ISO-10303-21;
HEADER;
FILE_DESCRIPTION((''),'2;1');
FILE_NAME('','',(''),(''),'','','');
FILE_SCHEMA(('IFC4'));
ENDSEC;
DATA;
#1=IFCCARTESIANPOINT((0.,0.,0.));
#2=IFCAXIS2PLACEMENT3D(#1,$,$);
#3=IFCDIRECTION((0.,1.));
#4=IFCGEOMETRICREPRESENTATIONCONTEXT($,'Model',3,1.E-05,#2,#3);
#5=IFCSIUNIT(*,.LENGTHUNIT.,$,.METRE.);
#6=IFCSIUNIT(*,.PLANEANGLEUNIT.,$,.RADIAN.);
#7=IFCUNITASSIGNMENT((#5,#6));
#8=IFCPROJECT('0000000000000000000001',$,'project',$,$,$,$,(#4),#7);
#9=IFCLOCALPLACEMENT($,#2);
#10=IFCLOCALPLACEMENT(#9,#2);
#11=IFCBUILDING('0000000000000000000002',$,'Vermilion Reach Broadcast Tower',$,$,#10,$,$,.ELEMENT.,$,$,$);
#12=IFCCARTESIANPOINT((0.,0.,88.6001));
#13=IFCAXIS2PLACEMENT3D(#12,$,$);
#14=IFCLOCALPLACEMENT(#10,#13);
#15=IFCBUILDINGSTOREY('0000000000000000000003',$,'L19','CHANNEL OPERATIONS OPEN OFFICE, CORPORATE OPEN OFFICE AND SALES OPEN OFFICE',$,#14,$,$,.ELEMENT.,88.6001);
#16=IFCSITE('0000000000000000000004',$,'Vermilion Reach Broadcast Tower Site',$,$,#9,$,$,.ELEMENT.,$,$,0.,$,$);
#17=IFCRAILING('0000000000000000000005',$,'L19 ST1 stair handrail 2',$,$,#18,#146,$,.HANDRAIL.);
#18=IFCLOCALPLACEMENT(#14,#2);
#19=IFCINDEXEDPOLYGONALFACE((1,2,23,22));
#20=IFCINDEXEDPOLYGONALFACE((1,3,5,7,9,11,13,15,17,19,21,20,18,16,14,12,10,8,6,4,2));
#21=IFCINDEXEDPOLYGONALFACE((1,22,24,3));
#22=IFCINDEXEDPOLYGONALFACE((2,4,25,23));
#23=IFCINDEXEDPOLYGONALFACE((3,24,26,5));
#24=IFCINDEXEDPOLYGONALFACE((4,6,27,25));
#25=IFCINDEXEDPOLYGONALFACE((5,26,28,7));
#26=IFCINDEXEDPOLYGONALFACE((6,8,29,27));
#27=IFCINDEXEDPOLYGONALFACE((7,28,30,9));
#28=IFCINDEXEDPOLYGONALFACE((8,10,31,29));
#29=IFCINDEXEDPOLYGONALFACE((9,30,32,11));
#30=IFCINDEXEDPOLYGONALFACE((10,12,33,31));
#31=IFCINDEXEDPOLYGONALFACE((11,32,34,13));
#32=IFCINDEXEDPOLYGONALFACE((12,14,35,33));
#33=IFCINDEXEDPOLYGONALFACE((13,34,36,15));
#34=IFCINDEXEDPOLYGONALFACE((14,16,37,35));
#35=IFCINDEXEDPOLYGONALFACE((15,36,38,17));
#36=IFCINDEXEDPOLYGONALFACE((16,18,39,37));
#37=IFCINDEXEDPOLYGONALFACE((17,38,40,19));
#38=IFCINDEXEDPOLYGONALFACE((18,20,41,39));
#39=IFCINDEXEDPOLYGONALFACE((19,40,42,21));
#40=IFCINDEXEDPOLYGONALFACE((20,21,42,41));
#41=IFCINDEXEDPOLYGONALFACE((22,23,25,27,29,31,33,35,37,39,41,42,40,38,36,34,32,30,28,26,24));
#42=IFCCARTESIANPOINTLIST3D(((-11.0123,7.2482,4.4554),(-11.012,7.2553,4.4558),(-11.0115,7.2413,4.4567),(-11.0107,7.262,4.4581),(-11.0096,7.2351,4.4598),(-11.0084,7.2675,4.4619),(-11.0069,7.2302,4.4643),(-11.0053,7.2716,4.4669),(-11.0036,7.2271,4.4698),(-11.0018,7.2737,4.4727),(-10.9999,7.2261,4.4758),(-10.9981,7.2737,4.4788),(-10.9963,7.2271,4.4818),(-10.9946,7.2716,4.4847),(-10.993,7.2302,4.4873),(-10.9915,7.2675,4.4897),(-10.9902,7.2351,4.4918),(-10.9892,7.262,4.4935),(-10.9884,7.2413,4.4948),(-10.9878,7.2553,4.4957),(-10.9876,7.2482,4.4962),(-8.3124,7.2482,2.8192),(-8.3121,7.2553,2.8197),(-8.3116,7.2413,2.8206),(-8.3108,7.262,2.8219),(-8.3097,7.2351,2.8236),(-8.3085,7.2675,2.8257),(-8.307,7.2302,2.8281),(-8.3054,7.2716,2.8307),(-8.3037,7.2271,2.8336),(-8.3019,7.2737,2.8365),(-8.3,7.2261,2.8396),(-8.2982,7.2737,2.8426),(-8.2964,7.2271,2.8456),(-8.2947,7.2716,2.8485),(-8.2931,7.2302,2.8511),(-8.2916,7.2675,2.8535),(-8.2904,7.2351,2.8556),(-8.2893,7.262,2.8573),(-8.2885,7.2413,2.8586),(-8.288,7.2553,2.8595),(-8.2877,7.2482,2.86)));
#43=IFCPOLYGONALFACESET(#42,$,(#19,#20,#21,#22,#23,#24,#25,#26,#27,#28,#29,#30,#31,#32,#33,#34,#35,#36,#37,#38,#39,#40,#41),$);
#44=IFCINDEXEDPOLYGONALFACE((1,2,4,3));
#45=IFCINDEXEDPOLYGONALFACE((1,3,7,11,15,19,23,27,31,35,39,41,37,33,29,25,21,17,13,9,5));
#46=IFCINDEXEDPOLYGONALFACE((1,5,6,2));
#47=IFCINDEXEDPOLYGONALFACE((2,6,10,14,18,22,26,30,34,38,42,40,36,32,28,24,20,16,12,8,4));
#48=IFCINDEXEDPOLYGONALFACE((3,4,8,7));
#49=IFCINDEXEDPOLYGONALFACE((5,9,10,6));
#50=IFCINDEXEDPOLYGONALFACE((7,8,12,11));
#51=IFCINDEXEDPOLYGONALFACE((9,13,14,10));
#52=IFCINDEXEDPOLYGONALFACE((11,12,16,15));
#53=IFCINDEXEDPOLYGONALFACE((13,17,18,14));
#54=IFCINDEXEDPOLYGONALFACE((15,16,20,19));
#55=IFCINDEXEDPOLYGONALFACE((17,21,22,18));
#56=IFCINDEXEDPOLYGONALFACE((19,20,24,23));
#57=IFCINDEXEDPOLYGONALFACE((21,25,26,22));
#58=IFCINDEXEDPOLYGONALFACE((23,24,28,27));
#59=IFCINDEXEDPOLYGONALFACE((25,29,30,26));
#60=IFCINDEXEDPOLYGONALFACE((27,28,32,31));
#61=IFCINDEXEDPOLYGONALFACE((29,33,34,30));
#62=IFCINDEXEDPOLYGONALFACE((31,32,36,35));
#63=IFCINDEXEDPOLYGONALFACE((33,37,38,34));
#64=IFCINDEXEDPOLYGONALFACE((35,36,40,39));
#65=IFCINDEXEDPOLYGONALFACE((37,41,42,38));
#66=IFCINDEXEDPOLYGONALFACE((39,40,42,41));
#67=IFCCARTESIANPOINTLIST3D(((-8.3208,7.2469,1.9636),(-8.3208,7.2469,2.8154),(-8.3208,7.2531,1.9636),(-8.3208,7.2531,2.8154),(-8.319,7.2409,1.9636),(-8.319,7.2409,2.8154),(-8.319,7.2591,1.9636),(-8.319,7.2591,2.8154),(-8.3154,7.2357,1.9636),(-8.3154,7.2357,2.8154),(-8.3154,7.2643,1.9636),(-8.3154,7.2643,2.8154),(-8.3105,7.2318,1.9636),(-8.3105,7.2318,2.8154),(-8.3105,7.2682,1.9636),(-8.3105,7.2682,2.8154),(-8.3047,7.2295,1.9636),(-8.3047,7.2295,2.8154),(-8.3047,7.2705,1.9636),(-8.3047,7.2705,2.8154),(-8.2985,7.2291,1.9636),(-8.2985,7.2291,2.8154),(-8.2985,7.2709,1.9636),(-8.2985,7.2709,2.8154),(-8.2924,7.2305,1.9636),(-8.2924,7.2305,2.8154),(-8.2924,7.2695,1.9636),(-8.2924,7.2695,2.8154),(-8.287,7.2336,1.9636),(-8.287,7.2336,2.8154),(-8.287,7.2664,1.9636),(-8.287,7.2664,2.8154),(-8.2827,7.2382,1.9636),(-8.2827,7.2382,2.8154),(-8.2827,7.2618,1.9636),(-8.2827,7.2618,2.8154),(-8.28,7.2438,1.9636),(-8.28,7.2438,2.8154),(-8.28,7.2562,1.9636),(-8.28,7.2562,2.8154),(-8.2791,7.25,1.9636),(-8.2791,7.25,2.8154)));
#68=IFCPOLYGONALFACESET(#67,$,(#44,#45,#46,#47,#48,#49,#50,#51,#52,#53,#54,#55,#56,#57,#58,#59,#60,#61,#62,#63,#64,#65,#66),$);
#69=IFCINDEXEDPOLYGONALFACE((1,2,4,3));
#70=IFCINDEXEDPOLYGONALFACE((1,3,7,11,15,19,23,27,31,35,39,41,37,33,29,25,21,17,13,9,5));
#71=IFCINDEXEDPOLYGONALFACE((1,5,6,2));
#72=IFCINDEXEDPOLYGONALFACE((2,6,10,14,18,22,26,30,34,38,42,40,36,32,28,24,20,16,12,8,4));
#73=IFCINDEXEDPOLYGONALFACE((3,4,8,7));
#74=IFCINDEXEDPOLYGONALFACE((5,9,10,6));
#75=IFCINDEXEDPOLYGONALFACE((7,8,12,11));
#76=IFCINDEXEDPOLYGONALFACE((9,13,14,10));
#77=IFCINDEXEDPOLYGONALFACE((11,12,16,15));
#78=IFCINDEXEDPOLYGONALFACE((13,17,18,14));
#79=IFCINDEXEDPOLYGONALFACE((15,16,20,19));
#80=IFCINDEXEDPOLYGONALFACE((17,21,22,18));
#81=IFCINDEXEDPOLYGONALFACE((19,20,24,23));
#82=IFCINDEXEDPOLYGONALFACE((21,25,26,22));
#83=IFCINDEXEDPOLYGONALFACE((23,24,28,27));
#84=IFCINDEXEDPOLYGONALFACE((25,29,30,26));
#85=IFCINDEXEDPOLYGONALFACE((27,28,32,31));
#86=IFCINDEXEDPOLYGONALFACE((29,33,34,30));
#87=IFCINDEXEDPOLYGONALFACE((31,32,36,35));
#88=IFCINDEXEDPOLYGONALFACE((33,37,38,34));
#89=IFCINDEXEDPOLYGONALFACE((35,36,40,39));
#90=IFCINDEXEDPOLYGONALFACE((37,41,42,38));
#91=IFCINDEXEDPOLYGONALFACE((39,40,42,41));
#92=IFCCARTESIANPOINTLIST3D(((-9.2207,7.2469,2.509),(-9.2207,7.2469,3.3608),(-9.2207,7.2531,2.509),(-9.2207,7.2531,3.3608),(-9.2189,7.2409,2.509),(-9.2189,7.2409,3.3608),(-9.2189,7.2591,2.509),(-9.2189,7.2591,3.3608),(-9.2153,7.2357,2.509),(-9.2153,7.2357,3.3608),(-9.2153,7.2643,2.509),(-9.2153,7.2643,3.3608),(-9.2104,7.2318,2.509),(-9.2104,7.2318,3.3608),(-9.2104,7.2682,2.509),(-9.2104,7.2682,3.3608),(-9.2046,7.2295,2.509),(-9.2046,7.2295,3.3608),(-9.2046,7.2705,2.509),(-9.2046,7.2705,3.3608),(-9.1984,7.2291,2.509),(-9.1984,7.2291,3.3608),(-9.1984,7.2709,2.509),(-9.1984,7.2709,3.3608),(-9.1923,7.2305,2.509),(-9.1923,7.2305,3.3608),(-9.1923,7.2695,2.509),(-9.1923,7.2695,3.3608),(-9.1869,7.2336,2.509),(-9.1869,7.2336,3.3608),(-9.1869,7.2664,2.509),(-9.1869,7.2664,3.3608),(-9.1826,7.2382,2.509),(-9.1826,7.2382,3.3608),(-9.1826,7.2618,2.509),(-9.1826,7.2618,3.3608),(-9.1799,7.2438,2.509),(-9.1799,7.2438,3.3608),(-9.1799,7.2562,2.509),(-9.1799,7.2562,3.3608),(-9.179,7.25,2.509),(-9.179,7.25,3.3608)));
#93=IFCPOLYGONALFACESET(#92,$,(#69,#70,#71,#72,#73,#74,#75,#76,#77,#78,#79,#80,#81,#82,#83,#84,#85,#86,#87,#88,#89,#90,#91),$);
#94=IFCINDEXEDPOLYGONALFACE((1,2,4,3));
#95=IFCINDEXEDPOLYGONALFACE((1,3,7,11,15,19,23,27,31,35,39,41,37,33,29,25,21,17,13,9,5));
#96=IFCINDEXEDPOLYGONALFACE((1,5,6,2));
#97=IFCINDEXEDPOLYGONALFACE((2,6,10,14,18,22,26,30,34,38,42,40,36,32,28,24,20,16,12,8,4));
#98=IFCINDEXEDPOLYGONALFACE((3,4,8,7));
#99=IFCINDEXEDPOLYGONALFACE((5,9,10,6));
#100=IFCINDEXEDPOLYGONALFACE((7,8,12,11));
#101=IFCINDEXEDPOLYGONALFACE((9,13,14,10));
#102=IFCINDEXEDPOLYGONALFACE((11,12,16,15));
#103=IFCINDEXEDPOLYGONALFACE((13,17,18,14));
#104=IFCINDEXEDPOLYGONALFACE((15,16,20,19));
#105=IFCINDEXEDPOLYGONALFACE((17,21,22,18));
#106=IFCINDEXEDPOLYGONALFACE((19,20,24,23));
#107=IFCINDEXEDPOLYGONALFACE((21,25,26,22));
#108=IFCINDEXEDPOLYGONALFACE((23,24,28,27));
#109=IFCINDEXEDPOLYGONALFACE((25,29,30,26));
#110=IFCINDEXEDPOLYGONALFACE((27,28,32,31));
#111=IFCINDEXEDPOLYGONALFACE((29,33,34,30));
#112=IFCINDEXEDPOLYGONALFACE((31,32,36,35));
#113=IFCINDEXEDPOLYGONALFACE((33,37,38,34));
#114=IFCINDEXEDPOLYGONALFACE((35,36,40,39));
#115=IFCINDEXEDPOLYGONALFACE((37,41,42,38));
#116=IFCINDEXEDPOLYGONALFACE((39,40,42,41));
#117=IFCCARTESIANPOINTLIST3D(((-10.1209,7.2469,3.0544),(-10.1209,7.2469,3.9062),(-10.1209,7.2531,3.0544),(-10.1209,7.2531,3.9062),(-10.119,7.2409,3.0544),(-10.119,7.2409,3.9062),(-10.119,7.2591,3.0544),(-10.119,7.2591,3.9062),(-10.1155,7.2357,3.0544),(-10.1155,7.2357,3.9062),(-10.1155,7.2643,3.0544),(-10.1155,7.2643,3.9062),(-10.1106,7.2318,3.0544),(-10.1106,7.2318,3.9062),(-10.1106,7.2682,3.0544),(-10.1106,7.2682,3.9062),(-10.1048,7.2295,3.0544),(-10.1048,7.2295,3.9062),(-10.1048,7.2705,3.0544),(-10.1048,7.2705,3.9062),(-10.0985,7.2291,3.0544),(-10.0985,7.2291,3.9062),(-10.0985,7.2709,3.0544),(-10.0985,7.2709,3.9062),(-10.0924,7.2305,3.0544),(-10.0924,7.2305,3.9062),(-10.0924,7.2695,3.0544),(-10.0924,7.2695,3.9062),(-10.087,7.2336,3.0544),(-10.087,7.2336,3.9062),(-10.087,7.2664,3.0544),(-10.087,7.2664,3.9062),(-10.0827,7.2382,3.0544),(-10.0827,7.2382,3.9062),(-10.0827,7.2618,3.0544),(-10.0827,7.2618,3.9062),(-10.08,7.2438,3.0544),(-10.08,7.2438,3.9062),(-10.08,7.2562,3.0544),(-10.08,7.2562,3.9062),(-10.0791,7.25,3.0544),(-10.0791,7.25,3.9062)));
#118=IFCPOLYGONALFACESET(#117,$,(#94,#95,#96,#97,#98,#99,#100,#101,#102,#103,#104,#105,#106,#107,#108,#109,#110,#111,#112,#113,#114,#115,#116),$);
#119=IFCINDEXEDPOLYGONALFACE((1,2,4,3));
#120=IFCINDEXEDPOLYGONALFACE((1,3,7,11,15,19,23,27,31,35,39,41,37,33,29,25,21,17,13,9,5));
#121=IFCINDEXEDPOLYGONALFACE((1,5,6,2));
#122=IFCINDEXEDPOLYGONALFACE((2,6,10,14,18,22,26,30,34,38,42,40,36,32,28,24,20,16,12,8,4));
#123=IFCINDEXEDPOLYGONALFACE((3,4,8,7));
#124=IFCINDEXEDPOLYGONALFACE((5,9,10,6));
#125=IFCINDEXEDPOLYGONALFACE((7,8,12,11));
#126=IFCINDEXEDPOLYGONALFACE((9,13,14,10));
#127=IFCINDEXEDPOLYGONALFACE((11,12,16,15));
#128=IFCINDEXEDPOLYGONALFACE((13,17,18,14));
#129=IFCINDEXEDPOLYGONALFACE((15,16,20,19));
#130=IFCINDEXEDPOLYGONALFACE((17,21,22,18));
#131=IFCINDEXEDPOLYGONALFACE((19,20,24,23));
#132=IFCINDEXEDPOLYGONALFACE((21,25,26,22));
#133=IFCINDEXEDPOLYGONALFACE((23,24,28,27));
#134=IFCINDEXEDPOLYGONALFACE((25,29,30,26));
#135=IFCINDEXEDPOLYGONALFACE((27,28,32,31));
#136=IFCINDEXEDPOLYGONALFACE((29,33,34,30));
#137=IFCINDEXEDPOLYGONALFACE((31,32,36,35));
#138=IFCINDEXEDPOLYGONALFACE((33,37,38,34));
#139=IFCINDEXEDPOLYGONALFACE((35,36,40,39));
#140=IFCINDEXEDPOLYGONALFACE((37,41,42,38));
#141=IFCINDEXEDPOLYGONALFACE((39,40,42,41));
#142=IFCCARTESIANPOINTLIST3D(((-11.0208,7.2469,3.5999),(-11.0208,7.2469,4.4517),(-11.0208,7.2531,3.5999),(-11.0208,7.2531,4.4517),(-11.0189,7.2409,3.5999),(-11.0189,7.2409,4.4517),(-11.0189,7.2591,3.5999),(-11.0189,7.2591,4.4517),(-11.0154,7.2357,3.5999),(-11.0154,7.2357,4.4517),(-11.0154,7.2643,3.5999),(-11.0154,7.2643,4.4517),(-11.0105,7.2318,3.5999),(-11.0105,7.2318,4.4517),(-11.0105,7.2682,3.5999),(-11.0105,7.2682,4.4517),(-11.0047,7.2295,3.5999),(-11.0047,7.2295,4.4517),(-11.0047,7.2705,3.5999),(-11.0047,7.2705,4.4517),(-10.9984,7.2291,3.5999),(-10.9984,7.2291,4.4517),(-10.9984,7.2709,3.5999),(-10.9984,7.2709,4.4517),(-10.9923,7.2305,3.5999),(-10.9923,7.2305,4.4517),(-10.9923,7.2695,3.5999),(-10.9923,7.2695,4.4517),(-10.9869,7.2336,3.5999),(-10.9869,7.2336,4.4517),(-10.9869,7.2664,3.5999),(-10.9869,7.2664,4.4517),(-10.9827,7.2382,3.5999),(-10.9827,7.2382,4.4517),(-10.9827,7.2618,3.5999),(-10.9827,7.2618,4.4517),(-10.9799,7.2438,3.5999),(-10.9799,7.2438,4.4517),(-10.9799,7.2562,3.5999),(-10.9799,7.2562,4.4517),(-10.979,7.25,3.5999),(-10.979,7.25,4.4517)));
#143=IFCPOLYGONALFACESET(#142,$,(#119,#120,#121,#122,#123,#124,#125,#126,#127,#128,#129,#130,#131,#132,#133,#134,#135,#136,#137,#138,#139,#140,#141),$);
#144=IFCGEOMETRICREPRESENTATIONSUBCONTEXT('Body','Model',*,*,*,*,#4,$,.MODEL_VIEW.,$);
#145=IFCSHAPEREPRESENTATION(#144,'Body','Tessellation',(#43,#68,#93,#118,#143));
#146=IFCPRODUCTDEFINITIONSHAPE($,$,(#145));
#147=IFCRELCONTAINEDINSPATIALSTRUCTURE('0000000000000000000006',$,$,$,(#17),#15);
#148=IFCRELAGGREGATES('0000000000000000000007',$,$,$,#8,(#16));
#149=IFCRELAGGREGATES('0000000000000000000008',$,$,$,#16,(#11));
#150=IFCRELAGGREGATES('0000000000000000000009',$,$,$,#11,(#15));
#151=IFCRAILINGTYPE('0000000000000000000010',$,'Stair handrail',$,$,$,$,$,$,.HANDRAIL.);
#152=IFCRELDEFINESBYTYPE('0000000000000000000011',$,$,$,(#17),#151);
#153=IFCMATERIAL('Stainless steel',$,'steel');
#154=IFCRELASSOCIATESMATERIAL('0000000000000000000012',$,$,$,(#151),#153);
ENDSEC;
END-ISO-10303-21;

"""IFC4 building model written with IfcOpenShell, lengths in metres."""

from ifc_helpers import new_model, si_unit, direction, frame, origin, origin_2d, place, context, subcontext, project, spatial, circle, extrude, material, type_object, element, save


model = new_model("IFC4")

# Units and contexts
model_context = context("Model", 3, precision=1e-05, world=origin(), true_north=direction((0.0, 1.0)))
body_context = subcontext(model_context, "Body", "Model", "MODEL_VIEW")
ifc_project = project(units=[si_unit("LENGTHUNIT", "METRE"), si_unit("PLANEANGLEUNIT", "RADIAN")], contexts=[model_context])

# Site, building, storey
site_placement = place(None, origin())
site = spatial("IfcSite", under=ifc_project, at=site_placement, Name="Vermilion Reach Broadcast Tower Site", CompositionType="ELEMENT", RefElevation=0.0)
building_placement = place(site_placement, origin())
building = spatial("IfcBuilding", under=site, at=building_placement, Name="Vermilion Reach Broadcast Tower", CompositionType="ELEMENT")
storey_placement = place(building_placement, frame((0.0, 0.0, 88.6001)))
storey = spatial("IfcBuildingStorey", under=building, at=storey_placement, Name="L19", Description="CHANNEL OPERATIONS OPEN OFFICE, CORPORATE OPEN OFFICE AND SALES OPEN OFFICE", CompositionType="ELEMENT", Elevation=88.6001)

# Railing
ifc_material_1 = material(Name="Stainless steel", Category="steel")
railing_type_1 = type_object("IfcRailingType", Name="Stair handrail", PredefinedType="HANDRAIL", material=ifc_material_1)
railing_1_placement = place(storey_placement, frame((-8.3, 7.25, 1.9636)))
element("IfcRailing", 1, at=railing_1_placement, inside=storey, type_object=railing_type_1, Name="L19 ST1 stair handrail 2", PredefinedType="HANDRAIL", context=body_context, shape_type="SweptSolid", body=[
    extrude(circle(Radius=0.0239, at=origin_2d()), frame((0.0, 0.0, 0.876), z_axis=(-0.855212, 0.0, 0.518278), x_axis=(0.0, -1.0, 0.0)), (0.0, 0.0, 1.0), 3.157),
    extrude(circle(Radius=0.021, at=origin_2d()), origin(), (0.0, 0.0, 1.0), 0.8518),
    extrude(circle(Radius=0.021, at=origin_2d()), frame((-0.8999, 0.0, 0.5454)), (0.0, 0.0, 1.0), 0.8518),
    extrude(circle(Radius=0.021, at=origin_2d()), frame((-1.8, 0.0, 1.0908)), (0.0, 0.0, 1.0), 0.8518),
    extrude(circle(Radius=0.021, at=origin_2d()), frame((-2.7, 0.0, 1.6362)), (0.0, 0.0, 1.0), 0.8518),
])

save(model, "model.ifc")
